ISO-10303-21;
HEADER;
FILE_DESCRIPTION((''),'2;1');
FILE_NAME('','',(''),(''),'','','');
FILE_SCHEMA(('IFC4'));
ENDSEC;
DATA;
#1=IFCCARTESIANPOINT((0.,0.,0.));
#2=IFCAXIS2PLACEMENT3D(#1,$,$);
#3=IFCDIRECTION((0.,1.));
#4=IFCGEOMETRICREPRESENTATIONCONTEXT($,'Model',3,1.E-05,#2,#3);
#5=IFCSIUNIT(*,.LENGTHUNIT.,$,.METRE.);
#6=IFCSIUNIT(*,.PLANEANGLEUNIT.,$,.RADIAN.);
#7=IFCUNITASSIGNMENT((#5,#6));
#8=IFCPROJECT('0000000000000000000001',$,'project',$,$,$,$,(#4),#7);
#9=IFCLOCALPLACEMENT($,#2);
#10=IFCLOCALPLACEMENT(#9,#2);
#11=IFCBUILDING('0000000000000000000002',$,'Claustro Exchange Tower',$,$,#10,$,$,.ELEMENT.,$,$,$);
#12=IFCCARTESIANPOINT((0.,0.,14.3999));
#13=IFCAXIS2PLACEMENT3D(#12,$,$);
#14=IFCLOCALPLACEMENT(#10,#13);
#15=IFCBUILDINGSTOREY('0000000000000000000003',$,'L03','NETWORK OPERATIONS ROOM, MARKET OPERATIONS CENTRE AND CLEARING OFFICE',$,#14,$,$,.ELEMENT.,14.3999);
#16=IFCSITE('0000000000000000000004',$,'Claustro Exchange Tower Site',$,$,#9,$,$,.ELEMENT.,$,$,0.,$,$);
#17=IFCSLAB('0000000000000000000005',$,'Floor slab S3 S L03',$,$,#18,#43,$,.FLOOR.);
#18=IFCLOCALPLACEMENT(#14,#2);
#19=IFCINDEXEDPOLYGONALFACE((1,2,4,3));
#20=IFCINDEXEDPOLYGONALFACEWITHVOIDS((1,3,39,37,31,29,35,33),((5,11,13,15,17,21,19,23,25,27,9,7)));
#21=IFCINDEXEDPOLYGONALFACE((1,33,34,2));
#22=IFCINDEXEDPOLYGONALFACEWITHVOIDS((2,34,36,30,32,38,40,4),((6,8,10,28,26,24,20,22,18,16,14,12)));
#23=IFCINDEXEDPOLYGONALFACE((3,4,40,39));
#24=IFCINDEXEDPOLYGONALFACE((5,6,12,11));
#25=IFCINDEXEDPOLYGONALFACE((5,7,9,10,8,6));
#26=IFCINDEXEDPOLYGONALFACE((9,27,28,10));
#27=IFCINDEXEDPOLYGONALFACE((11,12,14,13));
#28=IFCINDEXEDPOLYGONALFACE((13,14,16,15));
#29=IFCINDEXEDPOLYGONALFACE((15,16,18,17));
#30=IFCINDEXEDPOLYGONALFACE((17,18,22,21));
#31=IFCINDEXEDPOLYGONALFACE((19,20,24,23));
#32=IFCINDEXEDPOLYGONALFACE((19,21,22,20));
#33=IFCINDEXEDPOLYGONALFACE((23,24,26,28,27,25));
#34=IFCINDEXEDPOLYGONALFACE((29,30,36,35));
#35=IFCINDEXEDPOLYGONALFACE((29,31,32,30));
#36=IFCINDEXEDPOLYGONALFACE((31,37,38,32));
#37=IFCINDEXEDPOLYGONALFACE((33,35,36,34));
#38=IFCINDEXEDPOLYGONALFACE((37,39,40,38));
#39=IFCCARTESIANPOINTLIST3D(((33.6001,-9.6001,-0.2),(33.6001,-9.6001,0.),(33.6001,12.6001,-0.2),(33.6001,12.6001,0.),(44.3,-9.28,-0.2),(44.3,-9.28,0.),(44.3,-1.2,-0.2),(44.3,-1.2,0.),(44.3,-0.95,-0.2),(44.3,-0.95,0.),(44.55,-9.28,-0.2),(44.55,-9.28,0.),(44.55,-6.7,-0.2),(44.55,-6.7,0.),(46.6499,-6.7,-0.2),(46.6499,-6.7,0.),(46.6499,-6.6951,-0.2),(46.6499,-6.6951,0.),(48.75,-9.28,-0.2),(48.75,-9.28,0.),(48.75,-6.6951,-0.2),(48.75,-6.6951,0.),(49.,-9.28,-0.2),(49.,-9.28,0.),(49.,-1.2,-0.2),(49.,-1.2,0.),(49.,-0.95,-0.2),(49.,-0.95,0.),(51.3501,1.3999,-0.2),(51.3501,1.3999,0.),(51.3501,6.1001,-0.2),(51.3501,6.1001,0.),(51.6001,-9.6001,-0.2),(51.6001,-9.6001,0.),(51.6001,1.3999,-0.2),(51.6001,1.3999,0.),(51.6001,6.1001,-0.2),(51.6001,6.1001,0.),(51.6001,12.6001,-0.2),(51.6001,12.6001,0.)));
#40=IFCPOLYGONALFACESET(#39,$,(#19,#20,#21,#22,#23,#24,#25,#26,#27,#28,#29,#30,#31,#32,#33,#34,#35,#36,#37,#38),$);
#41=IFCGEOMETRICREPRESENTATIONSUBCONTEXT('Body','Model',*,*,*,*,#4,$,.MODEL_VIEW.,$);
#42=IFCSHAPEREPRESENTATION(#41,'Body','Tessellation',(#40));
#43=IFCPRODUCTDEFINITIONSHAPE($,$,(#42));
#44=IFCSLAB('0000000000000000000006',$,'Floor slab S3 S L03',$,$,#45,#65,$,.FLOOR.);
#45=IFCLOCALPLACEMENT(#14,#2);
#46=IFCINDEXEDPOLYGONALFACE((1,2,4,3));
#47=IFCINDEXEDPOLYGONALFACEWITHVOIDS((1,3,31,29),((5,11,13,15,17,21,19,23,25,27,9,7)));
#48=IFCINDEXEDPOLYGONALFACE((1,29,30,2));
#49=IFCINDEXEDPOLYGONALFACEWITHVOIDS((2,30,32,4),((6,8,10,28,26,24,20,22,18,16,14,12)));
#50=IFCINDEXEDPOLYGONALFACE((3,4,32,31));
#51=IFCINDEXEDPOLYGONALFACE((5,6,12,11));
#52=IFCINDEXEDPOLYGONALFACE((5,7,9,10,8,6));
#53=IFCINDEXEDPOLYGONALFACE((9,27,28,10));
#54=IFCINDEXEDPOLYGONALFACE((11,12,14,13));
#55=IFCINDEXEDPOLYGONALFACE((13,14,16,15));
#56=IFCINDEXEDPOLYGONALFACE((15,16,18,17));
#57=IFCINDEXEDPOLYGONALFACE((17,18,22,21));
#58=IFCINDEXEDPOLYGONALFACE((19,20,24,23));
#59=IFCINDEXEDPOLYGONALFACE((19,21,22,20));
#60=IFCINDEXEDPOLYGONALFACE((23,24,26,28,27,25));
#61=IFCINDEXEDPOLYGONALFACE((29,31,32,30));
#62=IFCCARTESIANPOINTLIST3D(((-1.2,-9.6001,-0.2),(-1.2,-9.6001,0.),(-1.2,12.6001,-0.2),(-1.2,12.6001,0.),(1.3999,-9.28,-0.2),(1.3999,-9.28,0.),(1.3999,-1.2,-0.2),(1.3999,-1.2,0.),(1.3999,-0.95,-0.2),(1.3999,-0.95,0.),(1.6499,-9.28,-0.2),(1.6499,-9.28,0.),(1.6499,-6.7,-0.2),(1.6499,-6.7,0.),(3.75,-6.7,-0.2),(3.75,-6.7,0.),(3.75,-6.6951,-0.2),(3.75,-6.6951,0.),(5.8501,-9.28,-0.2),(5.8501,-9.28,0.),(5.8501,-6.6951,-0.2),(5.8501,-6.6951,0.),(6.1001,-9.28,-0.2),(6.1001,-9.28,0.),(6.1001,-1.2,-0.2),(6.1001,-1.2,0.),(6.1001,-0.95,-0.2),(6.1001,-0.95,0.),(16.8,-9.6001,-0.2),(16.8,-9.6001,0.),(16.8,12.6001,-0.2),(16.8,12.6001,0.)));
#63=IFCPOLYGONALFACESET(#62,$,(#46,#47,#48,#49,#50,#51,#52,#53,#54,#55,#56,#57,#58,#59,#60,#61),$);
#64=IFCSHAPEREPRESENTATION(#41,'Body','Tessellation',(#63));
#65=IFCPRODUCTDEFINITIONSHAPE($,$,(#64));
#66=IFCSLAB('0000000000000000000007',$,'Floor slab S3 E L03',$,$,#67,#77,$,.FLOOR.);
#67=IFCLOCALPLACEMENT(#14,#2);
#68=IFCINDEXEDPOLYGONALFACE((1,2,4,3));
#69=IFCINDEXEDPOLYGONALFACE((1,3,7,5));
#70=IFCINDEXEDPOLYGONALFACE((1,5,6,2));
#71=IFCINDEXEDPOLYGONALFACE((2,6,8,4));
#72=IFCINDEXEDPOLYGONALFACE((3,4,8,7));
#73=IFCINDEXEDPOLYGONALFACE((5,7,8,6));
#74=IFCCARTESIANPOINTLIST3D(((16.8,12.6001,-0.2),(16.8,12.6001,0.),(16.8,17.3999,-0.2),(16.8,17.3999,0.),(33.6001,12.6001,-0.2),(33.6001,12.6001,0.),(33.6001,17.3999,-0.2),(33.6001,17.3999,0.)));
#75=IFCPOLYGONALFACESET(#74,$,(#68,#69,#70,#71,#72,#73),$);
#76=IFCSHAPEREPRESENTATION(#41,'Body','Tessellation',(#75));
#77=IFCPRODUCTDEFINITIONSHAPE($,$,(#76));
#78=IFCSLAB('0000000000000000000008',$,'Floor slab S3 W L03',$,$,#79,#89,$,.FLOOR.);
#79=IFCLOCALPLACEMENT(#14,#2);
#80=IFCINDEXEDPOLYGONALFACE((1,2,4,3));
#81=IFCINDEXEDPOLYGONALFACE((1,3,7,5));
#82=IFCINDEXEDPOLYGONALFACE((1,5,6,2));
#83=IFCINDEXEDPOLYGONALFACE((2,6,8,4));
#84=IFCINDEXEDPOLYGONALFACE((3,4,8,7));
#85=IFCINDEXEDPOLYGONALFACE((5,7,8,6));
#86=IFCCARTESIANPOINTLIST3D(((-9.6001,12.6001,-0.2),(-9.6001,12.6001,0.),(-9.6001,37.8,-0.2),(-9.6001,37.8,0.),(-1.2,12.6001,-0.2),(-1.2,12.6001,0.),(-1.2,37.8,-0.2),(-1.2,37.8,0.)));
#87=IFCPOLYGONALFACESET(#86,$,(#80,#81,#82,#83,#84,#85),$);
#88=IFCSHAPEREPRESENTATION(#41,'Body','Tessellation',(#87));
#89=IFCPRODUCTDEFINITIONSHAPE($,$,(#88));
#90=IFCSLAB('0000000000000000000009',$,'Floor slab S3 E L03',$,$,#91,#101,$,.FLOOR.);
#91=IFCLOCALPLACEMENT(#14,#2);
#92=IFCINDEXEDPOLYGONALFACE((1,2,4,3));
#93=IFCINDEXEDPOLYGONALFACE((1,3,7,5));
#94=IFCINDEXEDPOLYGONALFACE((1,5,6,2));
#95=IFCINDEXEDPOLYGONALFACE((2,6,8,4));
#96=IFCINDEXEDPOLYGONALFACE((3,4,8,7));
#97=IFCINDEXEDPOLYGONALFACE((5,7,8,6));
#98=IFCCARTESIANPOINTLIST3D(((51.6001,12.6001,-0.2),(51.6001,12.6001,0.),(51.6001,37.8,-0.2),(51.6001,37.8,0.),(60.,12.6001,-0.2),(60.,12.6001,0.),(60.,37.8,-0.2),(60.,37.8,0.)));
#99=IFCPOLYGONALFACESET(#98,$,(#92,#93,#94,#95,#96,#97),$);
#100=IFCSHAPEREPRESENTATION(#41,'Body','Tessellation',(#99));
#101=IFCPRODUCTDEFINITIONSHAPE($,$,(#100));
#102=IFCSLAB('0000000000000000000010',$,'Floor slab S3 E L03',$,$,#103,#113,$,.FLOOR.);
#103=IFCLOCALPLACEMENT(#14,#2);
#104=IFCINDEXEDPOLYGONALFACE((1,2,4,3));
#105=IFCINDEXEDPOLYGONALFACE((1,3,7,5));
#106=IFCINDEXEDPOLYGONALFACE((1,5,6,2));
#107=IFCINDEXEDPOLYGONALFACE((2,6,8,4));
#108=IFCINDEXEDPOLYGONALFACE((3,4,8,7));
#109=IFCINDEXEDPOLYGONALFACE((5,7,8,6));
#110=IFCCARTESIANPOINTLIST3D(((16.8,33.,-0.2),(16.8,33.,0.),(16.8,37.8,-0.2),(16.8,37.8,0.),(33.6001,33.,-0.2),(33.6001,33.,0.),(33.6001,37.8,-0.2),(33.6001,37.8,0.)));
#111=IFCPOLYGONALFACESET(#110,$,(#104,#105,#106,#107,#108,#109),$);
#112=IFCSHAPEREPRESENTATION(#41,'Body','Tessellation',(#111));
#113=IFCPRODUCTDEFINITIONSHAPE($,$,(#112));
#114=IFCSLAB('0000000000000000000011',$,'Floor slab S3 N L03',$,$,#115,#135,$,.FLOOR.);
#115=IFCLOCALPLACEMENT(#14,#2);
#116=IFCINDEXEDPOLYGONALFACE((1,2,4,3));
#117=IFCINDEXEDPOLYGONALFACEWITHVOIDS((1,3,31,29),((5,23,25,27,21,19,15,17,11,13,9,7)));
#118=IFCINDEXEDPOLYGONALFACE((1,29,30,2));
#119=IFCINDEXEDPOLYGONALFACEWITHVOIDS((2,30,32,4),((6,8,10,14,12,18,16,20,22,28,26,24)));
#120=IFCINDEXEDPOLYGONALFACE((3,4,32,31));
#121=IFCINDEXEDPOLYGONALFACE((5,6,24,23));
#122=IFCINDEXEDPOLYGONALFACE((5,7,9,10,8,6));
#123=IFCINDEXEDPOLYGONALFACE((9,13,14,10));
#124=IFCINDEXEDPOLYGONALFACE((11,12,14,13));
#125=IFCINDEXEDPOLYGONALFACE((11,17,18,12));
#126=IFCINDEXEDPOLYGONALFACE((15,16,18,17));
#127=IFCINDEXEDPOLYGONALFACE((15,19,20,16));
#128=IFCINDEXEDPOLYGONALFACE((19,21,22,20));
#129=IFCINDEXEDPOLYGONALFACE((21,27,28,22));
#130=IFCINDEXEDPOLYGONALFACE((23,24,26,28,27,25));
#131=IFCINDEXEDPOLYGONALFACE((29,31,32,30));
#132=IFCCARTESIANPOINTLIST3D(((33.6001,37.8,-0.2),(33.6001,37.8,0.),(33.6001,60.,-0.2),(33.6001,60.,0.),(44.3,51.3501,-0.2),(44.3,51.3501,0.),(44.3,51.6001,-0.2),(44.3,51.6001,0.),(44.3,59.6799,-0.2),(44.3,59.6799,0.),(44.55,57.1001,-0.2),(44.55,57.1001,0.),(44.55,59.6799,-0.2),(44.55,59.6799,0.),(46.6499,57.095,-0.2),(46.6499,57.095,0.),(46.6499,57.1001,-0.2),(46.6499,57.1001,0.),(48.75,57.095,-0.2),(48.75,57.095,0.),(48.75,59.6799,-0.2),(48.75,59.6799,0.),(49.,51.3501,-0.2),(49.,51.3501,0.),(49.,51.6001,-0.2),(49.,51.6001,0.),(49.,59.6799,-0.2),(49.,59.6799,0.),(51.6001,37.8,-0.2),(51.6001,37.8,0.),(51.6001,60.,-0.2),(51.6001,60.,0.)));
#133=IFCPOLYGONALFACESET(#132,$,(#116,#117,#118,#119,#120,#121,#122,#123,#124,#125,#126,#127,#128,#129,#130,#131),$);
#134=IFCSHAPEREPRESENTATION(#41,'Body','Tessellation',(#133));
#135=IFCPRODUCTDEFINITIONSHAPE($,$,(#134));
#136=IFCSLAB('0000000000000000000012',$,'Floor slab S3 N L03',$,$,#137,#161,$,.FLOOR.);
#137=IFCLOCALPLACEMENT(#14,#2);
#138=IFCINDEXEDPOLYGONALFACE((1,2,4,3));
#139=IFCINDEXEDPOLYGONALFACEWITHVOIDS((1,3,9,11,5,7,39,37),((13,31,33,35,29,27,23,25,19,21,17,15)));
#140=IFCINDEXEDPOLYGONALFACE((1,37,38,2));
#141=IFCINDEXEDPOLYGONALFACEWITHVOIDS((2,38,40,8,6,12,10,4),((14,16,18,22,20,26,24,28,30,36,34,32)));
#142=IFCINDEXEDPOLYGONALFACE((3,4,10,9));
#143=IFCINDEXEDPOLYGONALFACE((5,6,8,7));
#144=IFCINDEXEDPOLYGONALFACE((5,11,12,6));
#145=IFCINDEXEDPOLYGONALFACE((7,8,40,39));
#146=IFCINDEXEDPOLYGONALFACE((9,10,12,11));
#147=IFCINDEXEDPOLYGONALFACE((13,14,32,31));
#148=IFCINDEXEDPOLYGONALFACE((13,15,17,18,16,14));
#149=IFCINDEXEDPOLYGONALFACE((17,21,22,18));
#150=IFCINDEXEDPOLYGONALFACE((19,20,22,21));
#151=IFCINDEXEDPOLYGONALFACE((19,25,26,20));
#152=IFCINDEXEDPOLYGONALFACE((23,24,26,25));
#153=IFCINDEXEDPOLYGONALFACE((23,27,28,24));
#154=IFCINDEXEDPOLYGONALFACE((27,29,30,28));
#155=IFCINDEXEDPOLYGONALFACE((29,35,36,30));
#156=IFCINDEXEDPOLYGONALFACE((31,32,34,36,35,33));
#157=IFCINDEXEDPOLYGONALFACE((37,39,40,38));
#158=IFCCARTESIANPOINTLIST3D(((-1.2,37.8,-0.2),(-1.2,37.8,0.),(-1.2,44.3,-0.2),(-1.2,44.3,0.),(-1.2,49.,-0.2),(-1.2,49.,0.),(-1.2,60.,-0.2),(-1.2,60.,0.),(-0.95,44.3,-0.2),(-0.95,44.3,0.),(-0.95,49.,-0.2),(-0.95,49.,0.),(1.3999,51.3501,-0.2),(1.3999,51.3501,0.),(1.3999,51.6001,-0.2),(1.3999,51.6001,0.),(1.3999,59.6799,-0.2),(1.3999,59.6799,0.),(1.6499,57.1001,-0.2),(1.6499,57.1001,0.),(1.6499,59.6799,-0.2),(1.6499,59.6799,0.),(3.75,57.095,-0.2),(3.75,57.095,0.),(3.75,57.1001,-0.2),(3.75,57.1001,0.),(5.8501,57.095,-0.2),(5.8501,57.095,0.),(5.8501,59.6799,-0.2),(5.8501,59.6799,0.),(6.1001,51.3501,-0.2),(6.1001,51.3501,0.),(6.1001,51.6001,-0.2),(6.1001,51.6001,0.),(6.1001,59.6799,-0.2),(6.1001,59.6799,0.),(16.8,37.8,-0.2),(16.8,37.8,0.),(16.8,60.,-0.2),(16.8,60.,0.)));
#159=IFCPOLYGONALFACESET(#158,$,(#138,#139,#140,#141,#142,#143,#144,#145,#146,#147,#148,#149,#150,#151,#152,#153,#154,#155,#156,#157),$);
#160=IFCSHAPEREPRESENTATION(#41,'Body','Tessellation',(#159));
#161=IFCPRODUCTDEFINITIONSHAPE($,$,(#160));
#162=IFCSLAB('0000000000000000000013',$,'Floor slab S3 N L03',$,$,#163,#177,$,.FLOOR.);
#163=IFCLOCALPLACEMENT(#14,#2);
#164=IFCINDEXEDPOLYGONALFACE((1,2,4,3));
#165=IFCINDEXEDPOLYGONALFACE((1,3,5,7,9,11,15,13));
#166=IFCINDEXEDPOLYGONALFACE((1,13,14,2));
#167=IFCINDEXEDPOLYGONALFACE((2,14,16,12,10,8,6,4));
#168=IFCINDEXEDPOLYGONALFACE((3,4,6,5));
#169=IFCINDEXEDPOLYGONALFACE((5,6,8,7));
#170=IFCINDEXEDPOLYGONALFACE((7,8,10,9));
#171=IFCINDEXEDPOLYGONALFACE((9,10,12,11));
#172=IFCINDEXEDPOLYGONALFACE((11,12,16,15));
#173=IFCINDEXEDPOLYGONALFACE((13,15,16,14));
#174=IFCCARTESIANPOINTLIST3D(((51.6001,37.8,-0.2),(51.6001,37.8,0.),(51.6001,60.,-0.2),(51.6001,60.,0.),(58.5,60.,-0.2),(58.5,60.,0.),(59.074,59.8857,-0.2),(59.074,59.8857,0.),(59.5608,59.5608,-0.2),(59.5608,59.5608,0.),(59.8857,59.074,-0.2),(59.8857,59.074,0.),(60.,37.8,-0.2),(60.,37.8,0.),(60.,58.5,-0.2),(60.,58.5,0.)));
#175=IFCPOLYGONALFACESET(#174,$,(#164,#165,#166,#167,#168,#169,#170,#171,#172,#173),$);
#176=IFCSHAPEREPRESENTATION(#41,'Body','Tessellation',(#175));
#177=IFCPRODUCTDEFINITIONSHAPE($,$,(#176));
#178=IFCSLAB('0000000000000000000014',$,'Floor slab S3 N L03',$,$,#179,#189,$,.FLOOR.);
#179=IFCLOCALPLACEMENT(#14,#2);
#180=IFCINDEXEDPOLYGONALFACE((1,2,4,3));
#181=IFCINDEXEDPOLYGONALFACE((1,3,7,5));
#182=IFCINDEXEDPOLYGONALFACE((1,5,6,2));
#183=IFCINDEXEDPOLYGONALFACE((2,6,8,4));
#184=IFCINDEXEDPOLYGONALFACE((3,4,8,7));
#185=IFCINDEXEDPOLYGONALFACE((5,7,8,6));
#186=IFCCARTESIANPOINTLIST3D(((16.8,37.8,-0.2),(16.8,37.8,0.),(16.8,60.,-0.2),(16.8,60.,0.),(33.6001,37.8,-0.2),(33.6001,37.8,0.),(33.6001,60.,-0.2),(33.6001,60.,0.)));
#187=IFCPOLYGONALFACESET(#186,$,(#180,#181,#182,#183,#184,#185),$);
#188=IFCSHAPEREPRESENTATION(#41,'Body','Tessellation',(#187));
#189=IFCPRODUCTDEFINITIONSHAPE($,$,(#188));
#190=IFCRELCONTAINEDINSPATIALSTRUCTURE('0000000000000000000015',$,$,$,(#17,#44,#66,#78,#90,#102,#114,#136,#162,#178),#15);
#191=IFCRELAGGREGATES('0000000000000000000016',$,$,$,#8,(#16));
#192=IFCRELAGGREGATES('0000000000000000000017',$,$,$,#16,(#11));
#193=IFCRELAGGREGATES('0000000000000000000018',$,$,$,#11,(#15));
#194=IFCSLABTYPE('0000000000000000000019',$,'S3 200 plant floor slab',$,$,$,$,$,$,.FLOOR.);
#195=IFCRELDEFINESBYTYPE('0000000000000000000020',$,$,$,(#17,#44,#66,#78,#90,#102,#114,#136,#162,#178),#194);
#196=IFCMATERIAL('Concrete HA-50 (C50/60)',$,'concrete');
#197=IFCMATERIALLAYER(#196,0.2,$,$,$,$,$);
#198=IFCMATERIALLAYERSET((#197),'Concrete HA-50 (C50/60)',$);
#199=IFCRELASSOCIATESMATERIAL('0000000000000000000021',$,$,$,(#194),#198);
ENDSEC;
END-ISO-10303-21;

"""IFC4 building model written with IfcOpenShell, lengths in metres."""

from ifc_helpers import new_model, si_unit, direction, frame, origin, place, context, subcontext, project, spatial, polyline, outline, extrude, material, layer, layer_set, type_object, element, save


model = new_model("IFC4")

# Units and contexts
model_context = context("Model", 3, precision=1e-05, world=origin(), true_north=direction((0.0, 1.0)))
body_context = subcontext(model_context, "Body", "Model", "MODEL_VIEW")
ifc_project = project(units=[si_unit("LENGTHUNIT", "METRE"), si_unit("PLANEANGLEUNIT", "RADIAN")], contexts=[model_context])

# Site, building, storey
site_placement = place(None, origin())
site = spatial("IfcSite", under=ifc_project, at=site_placement, Name="Claustro Exchange Tower Site", CompositionType="ELEMENT", RefElevation=0.0)
building_placement = place(site_placement, origin())
building = spatial("IfcBuilding", under=site, at=building_placement, Name="Claustro Exchange Tower", CompositionType="ELEMENT")
storey_placement = place(building_placement, frame((0.0, 0.0, 14.3999)))
storey = spatial("IfcBuildingStorey", under=building, at=storey_placement, Name="L03", Description="NETWORK OPERATIONS ROOM, MARKET OPERATIONS CENTRE AND CLEARING OFFICE", CompositionType="ELEMENT", Elevation=14.3999)

# Slabs
ifc_material_1 = material(Name="Concrete HA-50 (C50/60)", Category="concrete")
ifc_layer_1 = layer(ifc_material_1, 0.2)
ifc_layer_set_1 = layer_set([ifc_layer_1], Name="Concrete HA-50 (C50/60)")
slab_type = type_object("IfcSlabType", Name="S3 200 plant floor slab", PredefinedType="FLOOR", material=ifc_layer_set_1)
slab_1_placement = place(storey_placement, frame((0.0, 0.0, -0.2)))
element("IfcSlab", 1, at=slab_1_placement, inside=storey, type_object=slab_type, Name="Floor slab S3 S L03", PredefinedType="FLOOR", context=body_context, shape_type="SweptSolid", body=[
    extrude(outline(polyline([(33.6001, -9.6001), (51.6001, -9.6001), (51.6001, 1.3999), (51.3501, 1.3999), (51.3501, 6.1001), (51.6001, 6.1001), (51.6001, 12.6001), (33.6001, 12.6001), (33.6001, -9.6001)]), holes=[polyline([(46.6499, -6.7), (44.55, -6.7), (44.55, -9.28), (44.3, -9.28), (44.3, -1.2), (44.3, -0.95), (49.0, -0.95), (49.0, -1.2), (49.0, -9.28), (48.75, -9.28), (48.75, -6.6951), (46.6499, -6.6951), (46.6499, -6.7)])]), origin(), (0.0, 0.0, 1.0), 0.2),
])
slab_2_placement = place(storey_placement, frame((0.0, 0.0, -0.2)))
element("IfcSlab", 2, at=slab_2_placement, inside=storey, type_object=slab_type, Name="Floor slab S3 S L03", PredefinedType="FLOOR", context=body_context, shape_type="SweptSolid", body=[
    extrude(outline(polyline([(-1.2, -9.6001), (16.8, -9.6001), (16.8, 12.6001), (-1.2, 12.6001), (-1.2, -9.6001)]), holes=[polyline([(3.75, -6.7), (1.6499, -6.7), (1.6499, -9.28), (1.3999, -9.28), (1.3999, -1.2), (1.3999, -0.95), (6.1001, -0.95), (6.1001, -1.2), (6.1001, -9.28), (5.8501, -9.28), (5.8501, -6.6951), (3.75, -6.6951), (3.75, -6.7)])]), origin(), (0.0, 0.0, 1.0), 0.2),
])
slab_3_placement = place(storey_placement, frame((0.0, 0.0, -0.2)))
element("IfcSlab", 3, at=slab_3_placement, inside=storey, type_object=slab_type, Name="Floor slab S3 E L03", PredefinedType="FLOOR", context=body_context, shape_type="SweptSolid", body=[
    extrude(outline(polyline([(16.8, 17.3999), (16.8, 12.6001), (33.6001, 12.6001), (33.6001, 17.3999), (16.8, 17.3999)])), origin(), (0.0, 0.0, 1.0), 0.2),
])
slab_4_placement = place(storey_placement, frame((0.0, 0.0, -0.2)))
element("IfcSlab", 4, at=slab_4_placement, inside=storey, type_object=slab_type, Name="Floor slab S3 W L03", PredefinedType="FLOOR", context=body_context, shape_type="SweptSolid", body=[
    extrude(outline(polyline([(-9.6001, 37.8), (-9.6001, 12.6001), (-1.2, 12.6001), (-1.2, 37.8), (-9.6001, 37.8)])), origin(), (0.0, 0.0, 1.0), 0.2),
])
slab_5_placement = place(storey_placement, frame((0.0, 0.0, -0.2)))
element("IfcSlab", 5, at=slab_5_placement, inside=storey, type_object=slab_type, Name="Floor slab S3 E L03", PredefinedType="FLOOR", context=body_context, shape_type="SweptSolid", body=[
    extrude(outline(polyline([(60.0, 12.6001), (60.0, 37.8), (51.6001, 37.8), (51.6001, 12.6001), (60.0, 12.6001)])), origin(), (0.0, 0.0, 1.0), 0.2),
])
slab_6_placement = place(storey_placement, frame((0.0, 0.0, -0.2)))
element("IfcSlab", 6, at=slab_6_placement, inside=storey, type_object=slab_type, Name="Floor slab S3 E L03", PredefinedType="FLOOR", context=body_context, shape_type="SweptSolid", body=[
    extrude(outline(polyline([(33.6001, 33.0), (33.6001, 37.8), (16.8, 37.8), (16.8, 33.0), (33.6001, 33.0)])), origin(), (0.0, 0.0, 1.0), 0.2),
])
slab_7_placement = place(storey_placement, frame((0.0, 0.0, -0.2)))
element("IfcSlab", 7, at=slab_7_placement, inside=storey, type_object=slab_type, Name="Floor slab S3 N L03", PredefinedType="FLOOR", context=body_context, shape_type="SweptSolid", body=[
    extrude(outline(polyline([(51.6001, 60.0), (33.6001, 60.0), (33.6001, 37.8), (51.6001, 37.8), (51.6001, 60.0)]), holes=[polyline([(48.75, 59.6799), (49.0, 59.6799), (49.0, 51.6001), (49.0, 51.3501), (44.3, 51.3501), (44.3, 51.6001), (44.3, 59.6799), (44.55, 59.6799), (44.55, 57.1001), (46.6499, 57.1001), (46.6499, 57.095), (48.75, 57.095), (48.75, 59.6799)])]), origin(), (0.0, 0.0, 1.0), 0.2),
])
slab_8_placement = place(storey_placement, frame((0.0, 0.0, -0.2)))
element("IfcSlab", 8, at=slab_8_placement, inside=storey, type_object=slab_type, Name="Floor slab S3 N L03", PredefinedType="FLOOR", context=body_context, shape_type="SweptSolid", body=[
    extrude(outline(polyline([(16.8, 60.0), (-1.2, 60.0), (-1.2, 49.0), (-0.95, 49.0), (-0.95, 44.3), (-1.2, 44.3), (-1.2, 37.8), (16.8, 37.8), (16.8, 60.0)]), holes=[polyline([(5.8501, 59.6799), (6.1001, 59.6799), (6.1001, 51.6001), (6.1001, 51.3501), (1.3999, 51.3501), (1.3999, 51.6001), (1.3999, 59.6799), (1.6499, 59.6799), (1.6499, 57.1001), (3.75, 57.1001), (3.75, 57.095), (5.8501, 57.095), (5.8501, 59.6799)])]), origin(), (0.0, 0.0, 1.0), 0.2),
])
slab_9_placement = place(storey_placement, frame((0.0, 0.0, -0.2)))
element("IfcSlab", 9, at=slab_9_placement, inside=storey, type_object=slab_type, Name="Floor slab S3 N L03", PredefinedType="FLOOR", context=body_context, shape_type="SweptSolid", body=[
    extrude(outline(polyline([(58.5, 60.0), (51.6001, 60.0), (51.6001, 37.8), (60.0, 37.8), (60.0, 58.5), (59.8857, 59.074), (59.5608, 59.5608), (59.074, 59.8857), (58.5, 60.0)])), origin(), (0.0, 0.0, 1.0), 0.2),
])
slab_10_placement = place(storey_placement, frame((0.0, 0.0, -0.2)))
element("IfcSlab", 10, at=slab_10_placement, inside=storey, type_object=slab_type, Name="Floor slab S3 N L03", PredefinedType="FLOOR", context=body_context, shape_type="SweptSolid", body=[
    extrude(outline(polyline([(33.6001, 60.0), (16.8, 60.0), (16.8, 37.8), (33.6001, 37.8), (33.6001, 60.0)])), origin(), (0.0, 0.0, 1.0), 0.2),
])

save(model, "model.ifc")
